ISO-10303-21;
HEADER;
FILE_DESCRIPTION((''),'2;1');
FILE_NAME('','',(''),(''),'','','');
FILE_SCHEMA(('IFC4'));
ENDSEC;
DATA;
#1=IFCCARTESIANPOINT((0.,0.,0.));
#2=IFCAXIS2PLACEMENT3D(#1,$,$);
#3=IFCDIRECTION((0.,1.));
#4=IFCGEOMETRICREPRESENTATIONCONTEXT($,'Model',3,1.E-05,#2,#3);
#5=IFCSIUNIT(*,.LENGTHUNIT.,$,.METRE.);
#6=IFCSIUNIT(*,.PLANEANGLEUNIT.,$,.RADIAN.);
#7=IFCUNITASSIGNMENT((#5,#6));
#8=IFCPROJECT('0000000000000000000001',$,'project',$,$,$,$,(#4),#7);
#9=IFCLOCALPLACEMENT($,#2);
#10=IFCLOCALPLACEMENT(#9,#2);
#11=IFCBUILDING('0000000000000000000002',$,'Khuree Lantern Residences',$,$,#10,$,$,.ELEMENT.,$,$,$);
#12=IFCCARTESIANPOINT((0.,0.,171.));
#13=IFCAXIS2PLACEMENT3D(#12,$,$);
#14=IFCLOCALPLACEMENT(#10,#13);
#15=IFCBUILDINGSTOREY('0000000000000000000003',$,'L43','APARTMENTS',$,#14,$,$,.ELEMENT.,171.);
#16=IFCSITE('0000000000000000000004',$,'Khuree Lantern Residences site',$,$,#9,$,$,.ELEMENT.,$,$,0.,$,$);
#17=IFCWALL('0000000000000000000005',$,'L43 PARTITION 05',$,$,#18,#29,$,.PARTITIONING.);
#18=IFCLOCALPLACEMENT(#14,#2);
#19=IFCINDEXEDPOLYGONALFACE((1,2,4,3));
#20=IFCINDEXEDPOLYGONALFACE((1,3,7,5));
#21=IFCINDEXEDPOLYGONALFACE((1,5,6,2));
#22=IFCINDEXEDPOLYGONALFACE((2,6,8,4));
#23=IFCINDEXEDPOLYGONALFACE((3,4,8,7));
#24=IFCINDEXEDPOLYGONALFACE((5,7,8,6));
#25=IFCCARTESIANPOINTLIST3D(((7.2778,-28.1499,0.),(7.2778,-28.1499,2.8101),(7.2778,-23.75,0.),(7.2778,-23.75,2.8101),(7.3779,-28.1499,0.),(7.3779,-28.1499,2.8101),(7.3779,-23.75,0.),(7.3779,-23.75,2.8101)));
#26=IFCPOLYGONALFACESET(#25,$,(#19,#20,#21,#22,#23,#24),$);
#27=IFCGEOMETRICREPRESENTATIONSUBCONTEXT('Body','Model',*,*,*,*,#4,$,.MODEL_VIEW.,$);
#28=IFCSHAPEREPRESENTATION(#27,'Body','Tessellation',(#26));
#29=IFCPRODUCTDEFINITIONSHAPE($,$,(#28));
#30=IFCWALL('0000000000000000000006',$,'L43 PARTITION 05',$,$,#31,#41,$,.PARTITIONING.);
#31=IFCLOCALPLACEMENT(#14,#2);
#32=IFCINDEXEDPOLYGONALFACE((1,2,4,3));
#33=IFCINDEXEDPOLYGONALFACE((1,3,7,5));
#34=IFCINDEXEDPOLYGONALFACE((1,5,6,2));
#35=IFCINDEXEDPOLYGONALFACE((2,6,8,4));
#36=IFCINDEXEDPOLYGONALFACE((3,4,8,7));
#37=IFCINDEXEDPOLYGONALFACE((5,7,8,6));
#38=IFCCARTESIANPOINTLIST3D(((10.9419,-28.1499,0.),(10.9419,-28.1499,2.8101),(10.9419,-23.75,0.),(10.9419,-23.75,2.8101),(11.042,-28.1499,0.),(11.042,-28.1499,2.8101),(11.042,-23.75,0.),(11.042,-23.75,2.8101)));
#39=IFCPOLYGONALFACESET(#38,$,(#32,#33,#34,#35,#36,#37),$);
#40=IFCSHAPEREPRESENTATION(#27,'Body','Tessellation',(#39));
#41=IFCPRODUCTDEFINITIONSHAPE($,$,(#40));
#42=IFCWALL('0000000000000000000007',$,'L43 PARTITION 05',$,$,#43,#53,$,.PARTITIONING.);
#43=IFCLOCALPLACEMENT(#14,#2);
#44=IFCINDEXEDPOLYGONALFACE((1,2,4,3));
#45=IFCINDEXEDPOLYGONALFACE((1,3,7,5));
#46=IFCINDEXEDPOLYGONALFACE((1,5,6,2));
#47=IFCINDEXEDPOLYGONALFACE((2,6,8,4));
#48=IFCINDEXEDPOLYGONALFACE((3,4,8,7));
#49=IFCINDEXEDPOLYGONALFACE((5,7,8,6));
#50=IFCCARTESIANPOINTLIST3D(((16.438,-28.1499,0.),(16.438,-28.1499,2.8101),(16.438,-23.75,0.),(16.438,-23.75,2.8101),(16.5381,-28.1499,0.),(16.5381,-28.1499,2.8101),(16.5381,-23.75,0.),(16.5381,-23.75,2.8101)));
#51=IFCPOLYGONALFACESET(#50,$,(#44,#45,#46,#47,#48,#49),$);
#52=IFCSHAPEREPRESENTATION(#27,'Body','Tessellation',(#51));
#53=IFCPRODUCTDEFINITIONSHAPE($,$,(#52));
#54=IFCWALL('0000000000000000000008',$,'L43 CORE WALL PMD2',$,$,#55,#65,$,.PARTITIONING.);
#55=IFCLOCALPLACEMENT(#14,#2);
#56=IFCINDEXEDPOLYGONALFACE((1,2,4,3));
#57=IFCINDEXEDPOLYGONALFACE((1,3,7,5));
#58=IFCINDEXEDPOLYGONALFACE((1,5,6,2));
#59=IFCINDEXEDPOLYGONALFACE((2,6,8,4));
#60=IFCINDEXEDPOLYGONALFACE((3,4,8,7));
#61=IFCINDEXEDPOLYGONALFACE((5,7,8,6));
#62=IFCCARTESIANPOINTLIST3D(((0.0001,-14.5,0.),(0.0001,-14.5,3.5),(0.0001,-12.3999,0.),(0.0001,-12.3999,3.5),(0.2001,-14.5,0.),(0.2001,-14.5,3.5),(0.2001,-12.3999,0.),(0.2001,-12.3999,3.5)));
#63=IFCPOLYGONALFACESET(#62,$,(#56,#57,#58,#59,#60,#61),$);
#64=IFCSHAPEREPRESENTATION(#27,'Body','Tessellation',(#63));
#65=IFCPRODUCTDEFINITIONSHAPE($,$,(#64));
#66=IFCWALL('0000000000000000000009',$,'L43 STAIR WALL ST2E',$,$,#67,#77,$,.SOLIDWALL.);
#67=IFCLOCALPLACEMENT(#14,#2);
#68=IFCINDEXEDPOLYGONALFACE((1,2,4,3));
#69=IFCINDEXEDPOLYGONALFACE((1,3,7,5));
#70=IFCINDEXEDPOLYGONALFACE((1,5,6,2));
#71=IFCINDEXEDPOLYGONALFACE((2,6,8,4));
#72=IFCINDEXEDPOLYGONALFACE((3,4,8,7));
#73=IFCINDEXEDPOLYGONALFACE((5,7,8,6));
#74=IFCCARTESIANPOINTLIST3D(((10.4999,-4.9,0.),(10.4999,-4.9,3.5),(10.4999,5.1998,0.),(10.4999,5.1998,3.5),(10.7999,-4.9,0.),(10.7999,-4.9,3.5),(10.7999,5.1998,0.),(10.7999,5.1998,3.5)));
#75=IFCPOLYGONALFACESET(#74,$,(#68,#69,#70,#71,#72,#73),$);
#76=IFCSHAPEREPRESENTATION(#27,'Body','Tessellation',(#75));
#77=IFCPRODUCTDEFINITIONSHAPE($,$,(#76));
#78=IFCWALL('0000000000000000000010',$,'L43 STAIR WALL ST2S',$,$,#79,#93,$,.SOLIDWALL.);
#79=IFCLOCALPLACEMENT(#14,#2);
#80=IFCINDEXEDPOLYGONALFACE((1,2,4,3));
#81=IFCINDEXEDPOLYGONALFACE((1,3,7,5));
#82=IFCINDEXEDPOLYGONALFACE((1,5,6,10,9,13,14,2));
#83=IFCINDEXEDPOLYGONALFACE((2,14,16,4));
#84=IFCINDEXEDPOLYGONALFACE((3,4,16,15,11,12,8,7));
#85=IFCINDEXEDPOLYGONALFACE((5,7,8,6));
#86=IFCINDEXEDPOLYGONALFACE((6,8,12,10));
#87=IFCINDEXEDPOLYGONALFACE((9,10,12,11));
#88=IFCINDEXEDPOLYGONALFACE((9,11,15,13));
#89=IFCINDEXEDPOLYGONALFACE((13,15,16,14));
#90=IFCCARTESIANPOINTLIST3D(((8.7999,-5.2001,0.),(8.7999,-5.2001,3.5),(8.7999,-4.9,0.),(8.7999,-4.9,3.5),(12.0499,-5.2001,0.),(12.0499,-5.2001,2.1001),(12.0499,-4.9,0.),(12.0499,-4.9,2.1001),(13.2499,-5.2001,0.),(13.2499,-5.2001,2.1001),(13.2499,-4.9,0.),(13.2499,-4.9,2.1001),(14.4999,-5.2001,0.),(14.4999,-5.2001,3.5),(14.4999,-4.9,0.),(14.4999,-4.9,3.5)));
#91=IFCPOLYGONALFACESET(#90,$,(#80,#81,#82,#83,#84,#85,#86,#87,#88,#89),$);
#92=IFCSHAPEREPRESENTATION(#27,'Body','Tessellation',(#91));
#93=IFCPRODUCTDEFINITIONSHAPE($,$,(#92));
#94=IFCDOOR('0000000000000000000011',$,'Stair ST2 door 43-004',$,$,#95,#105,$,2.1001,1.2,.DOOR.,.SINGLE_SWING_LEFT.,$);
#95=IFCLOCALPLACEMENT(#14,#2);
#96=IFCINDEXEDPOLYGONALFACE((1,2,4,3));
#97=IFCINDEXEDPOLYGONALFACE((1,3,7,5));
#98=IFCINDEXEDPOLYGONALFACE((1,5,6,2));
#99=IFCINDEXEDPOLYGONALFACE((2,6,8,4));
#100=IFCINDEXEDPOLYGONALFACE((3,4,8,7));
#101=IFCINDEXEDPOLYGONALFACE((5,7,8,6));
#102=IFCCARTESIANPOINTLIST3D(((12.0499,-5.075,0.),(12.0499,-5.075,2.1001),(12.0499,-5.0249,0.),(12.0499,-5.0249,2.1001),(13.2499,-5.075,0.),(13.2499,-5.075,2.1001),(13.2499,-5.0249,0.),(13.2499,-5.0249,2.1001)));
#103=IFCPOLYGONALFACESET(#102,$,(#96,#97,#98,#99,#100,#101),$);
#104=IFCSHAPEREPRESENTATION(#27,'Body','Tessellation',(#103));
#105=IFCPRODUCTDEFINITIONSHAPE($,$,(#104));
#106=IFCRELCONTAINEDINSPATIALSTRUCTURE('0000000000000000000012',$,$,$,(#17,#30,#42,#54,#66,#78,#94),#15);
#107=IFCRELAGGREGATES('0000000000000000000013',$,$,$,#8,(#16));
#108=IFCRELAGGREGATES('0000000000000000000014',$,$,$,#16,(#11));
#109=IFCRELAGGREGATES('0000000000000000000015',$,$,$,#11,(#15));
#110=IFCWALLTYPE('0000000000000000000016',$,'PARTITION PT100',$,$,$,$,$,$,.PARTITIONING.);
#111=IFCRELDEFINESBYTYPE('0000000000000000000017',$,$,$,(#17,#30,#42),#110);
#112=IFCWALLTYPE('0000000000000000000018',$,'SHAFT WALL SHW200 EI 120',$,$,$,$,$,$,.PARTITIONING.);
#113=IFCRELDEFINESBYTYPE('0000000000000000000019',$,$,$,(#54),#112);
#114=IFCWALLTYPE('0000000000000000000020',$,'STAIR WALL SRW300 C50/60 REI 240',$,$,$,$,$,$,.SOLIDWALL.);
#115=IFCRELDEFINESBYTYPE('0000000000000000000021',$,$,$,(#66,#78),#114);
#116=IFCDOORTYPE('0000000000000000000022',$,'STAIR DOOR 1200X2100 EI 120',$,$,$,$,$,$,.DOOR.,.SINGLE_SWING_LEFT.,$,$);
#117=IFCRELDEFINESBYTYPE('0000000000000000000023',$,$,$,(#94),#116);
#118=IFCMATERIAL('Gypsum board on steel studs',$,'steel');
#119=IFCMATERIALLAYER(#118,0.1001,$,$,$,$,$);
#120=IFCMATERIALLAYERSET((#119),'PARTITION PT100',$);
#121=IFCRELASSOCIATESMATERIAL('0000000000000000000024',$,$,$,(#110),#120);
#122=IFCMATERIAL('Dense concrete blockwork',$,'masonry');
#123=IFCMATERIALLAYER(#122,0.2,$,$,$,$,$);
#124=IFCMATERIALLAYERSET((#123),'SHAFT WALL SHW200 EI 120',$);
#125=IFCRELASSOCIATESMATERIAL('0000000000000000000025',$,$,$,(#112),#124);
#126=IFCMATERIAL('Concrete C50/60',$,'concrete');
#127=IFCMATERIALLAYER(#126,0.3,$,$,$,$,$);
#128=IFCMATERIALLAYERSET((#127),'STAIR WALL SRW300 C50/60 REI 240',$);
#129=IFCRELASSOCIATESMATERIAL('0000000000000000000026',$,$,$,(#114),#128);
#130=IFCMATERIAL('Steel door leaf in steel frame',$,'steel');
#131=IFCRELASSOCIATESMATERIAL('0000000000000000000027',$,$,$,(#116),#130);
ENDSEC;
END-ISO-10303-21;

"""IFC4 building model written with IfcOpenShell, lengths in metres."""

from ifc_helpers import new_model, si_unit, direction, frame, frame_2d, origin, place, context, subcontext, project, spatial, rectangle, extrude, material, layer, layer_set, type_object, element, fill, save


model = new_model("IFC4")

# Units and contexts
model_context = context("Model", 3, precision=1e-05, world=origin(), true_north=direction((0.0, 1.0)))
body_context = subcontext(model_context, "Body", "Model", "MODEL_VIEW")
ifc_project = project(units=[si_unit("LENGTHUNIT", "METRE"), si_unit("PLANEANGLEUNIT", "RADIAN")], contexts=[model_context])

# Site, building, storey
site_placement = place(None, origin())
site = spatial("IfcSite", under=ifc_project, at=site_placement, Name="Khuree Lantern Residences site", CompositionType="ELEMENT", RefElevation=0.0)
building_placement = place(site_placement, origin())
building = spatial("IfcBuilding", under=site, at=building_placement, Name="Khuree Lantern Residences", CompositionType="ELEMENT")
storey_placement = place(building_placement, frame((0.0, 0.0, 171.0)))
storey = spatial("IfcBuildingStorey", under=building, at=storey_placement, Name="L43", Description="APARTMENTS", CompositionType="ELEMENT", Elevation=171.0)

# Shared definitions
ifc_material_1 = material(Name="Dense concrete blockwork", Category="masonry")

# Shared definitions
ifc_material_2 = material(Name="Gypsum board on steel studs", Category="steel")

# Shared definitions
ifc_material_3 = material(Name="Steel door leaf in steel frame", Category="steel")

# Walls
ifc_layer_1 = layer(ifc_material_2, 0.1001)
ifc_layer_set_1 = layer_set([ifc_layer_1], Name="PARTITION PT100")
wall_type_1 = type_object("IfcWallType", Name="PARTITION PT100", PredefinedType="PARTITIONING", material=ifc_layer_set_1)
for number, where, z_axis, x_axis, name in (
    (1, (7.3279, -23.75, 0.0), (0.0, 0.0, 1.0), (0.0, -1.0, 0.0), "L43 PARTITION 05"),
    (2, (10.9919, -23.75, 0.0), (0.0, 0.0, 1.0), (0.0, -1.0, 0.0), "L43 PARTITION 05"),
    (3, (16.488, -23.75, 0.0), (0.0, 0.0, 1.0), (0.0, -1.0, 0.0), "L43 PARTITION 05"),
):
    element("IfcWall", number, at=place(storey_placement, frame(where, z_axis=z_axis, x_axis=x_axis)), inside=storey, type_object=wall_type_1, Name=name, PredefinedType="PARTITIONING", context=body_context, shape_type="SweptSolid", body=[
        extrude(rectangle(XDim=4.3999, YDim=0.1001, at=frame_2d((2.2, 0.0))), origin(), (0.0, 0.0, 1.0), 2.8101),
    ])
ifc_layer_2 = layer(ifc_material_1, 0.2)
ifc_layer_set_2 = layer_set([ifc_layer_2], Name="SHAFT WALL SHW200 EI 120")
wall_type_2 = type_object("IfcWallType", Name="SHAFT WALL SHW200 EI 120", PredefinedType="PARTITIONING", material=ifc_layer_set_2)
wall_1_placement = place(storey_placement, frame((0.1001, -14.5, 0.0), z_axis=(0.0, 0.0, 1.0), x_axis=(0.0, 1.0, 0.0)))
element("IfcWall", 4, at=wall_1_placement, inside=storey, type_object=wall_type_2, Name="L43 CORE WALL PMD2", PredefinedType="PARTITIONING", context=body_context, shape_type="SweptSolid", body=[
    extrude(rectangle(XDim=2.1001, YDim=0.2, at=frame_2d((1.05, 0.0))), origin(), (0.0, 0.0, 1.0), 3.5),
])
ifc_material_4 = material(Name="Concrete C50/60", Category="concrete")
ifc_layer_3 = layer(ifc_material_4, 0.3)
ifc_layer_set_3 = layer_set([ifc_layer_3], Name="STAIR WALL SRW300 C50/60 REI 240")
wall_type_3 = type_object("IfcWallType", Name="STAIR WALL SRW300 C50/60 REI 240", PredefinedType="SOLIDWALL", material=ifc_layer_set_3)
wall_2_placement = place(storey_placement, frame((10.6499, -4.8999, 0.0), z_axis=(0.0, 0.0, 1.0), x_axis=(0.0, 1.0, 0.0)))
element("IfcWall", 5, at=wall_2_placement, inside=storey, type_object=wall_type_3, Name="L43 STAIR WALL ST2E", PredefinedType="SOLIDWALL", context=body_context, shape_type="SweptSolid", body=[
    extrude(rectangle(XDim=10.0999, YDim=0.3, at=frame_2d((5.0498, 0.0))), origin(), (0.0, 0.0, 1.0), 3.5),
])

# Wall, opening, door
wall_3_placement = place(storey_placement, frame((14.5, -5.05, 0.0), z_axis=(0.0, 0.0, 1.0), x_axis=(-1.0, 0.0, 0.0)))
wall_3 = element("IfcWall", 6, at=wall_3_placement, inside=storey, type_object=wall_type_3, Name="L43 STAIR WALL ST2S", PredefinedType="SOLIDWALL", context=body_context, shape_type="SweptSolid", body=[
    extrude(rectangle(XDim=5.7, YDim=0.3, at=frame_2d((2.8501, 0.0))), origin(), (0.0, 0.0, 1.0), 3.5),
])
opening_1_placement = place(wall_3_placement, frame((1.25, 0.0, 0.0)))
opening_1 = element("IfcOpeningElement", 7, at=opening_1_placement, cuts=wall_3, PredefinedType="OPENING", context=body_context, shape_type="SweptSolid", body=[
    extrude(rectangle(XDim=1.2, YDim=2.1001, at=frame_2d((0.6001, 1.05))), frame((0.0, 0.1602, 0.0), z_axis=(0.0, -1.0, 0.0), x_axis=(1.0, 0.0, 0.0)), (0.0, 0.0, 1.0), 0.3201),
])
door_type_1 = type_object("IfcDoorType", Name="STAIR DOOR 1200X2100 EI 120", OperationType="SINGLE_SWING_LEFT", PredefinedType="DOOR", material=ifc_material_3)
door_1_placement = place(opening_1_placement, origin())
door_1 = element("IfcDoor", 8, at=door_1_placement, inside=storey, type_object=door_type_1, Name="Stair ST2 door 43-004", OperationType="SINGLE_SWING_LEFT", OverallHeight=2.1001, OverallWidth=1.2, PredefinedType="DOOR", context=body_context, shape_type="SweptSolid", body=[
    extrude(rectangle(XDim=1.2, YDim=2.1001, at=frame_2d((0.6001, 1.05))), frame((0.0, 0.0249, 0.0), z_axis=(0.0, -1.0, 0.0), x_axis=(1.0, 0.0, 0.0)), (0.0, 0.0, 1.0), 0.05),
])
fill(opening_1, door_1)

save(model, "model.ifc")
